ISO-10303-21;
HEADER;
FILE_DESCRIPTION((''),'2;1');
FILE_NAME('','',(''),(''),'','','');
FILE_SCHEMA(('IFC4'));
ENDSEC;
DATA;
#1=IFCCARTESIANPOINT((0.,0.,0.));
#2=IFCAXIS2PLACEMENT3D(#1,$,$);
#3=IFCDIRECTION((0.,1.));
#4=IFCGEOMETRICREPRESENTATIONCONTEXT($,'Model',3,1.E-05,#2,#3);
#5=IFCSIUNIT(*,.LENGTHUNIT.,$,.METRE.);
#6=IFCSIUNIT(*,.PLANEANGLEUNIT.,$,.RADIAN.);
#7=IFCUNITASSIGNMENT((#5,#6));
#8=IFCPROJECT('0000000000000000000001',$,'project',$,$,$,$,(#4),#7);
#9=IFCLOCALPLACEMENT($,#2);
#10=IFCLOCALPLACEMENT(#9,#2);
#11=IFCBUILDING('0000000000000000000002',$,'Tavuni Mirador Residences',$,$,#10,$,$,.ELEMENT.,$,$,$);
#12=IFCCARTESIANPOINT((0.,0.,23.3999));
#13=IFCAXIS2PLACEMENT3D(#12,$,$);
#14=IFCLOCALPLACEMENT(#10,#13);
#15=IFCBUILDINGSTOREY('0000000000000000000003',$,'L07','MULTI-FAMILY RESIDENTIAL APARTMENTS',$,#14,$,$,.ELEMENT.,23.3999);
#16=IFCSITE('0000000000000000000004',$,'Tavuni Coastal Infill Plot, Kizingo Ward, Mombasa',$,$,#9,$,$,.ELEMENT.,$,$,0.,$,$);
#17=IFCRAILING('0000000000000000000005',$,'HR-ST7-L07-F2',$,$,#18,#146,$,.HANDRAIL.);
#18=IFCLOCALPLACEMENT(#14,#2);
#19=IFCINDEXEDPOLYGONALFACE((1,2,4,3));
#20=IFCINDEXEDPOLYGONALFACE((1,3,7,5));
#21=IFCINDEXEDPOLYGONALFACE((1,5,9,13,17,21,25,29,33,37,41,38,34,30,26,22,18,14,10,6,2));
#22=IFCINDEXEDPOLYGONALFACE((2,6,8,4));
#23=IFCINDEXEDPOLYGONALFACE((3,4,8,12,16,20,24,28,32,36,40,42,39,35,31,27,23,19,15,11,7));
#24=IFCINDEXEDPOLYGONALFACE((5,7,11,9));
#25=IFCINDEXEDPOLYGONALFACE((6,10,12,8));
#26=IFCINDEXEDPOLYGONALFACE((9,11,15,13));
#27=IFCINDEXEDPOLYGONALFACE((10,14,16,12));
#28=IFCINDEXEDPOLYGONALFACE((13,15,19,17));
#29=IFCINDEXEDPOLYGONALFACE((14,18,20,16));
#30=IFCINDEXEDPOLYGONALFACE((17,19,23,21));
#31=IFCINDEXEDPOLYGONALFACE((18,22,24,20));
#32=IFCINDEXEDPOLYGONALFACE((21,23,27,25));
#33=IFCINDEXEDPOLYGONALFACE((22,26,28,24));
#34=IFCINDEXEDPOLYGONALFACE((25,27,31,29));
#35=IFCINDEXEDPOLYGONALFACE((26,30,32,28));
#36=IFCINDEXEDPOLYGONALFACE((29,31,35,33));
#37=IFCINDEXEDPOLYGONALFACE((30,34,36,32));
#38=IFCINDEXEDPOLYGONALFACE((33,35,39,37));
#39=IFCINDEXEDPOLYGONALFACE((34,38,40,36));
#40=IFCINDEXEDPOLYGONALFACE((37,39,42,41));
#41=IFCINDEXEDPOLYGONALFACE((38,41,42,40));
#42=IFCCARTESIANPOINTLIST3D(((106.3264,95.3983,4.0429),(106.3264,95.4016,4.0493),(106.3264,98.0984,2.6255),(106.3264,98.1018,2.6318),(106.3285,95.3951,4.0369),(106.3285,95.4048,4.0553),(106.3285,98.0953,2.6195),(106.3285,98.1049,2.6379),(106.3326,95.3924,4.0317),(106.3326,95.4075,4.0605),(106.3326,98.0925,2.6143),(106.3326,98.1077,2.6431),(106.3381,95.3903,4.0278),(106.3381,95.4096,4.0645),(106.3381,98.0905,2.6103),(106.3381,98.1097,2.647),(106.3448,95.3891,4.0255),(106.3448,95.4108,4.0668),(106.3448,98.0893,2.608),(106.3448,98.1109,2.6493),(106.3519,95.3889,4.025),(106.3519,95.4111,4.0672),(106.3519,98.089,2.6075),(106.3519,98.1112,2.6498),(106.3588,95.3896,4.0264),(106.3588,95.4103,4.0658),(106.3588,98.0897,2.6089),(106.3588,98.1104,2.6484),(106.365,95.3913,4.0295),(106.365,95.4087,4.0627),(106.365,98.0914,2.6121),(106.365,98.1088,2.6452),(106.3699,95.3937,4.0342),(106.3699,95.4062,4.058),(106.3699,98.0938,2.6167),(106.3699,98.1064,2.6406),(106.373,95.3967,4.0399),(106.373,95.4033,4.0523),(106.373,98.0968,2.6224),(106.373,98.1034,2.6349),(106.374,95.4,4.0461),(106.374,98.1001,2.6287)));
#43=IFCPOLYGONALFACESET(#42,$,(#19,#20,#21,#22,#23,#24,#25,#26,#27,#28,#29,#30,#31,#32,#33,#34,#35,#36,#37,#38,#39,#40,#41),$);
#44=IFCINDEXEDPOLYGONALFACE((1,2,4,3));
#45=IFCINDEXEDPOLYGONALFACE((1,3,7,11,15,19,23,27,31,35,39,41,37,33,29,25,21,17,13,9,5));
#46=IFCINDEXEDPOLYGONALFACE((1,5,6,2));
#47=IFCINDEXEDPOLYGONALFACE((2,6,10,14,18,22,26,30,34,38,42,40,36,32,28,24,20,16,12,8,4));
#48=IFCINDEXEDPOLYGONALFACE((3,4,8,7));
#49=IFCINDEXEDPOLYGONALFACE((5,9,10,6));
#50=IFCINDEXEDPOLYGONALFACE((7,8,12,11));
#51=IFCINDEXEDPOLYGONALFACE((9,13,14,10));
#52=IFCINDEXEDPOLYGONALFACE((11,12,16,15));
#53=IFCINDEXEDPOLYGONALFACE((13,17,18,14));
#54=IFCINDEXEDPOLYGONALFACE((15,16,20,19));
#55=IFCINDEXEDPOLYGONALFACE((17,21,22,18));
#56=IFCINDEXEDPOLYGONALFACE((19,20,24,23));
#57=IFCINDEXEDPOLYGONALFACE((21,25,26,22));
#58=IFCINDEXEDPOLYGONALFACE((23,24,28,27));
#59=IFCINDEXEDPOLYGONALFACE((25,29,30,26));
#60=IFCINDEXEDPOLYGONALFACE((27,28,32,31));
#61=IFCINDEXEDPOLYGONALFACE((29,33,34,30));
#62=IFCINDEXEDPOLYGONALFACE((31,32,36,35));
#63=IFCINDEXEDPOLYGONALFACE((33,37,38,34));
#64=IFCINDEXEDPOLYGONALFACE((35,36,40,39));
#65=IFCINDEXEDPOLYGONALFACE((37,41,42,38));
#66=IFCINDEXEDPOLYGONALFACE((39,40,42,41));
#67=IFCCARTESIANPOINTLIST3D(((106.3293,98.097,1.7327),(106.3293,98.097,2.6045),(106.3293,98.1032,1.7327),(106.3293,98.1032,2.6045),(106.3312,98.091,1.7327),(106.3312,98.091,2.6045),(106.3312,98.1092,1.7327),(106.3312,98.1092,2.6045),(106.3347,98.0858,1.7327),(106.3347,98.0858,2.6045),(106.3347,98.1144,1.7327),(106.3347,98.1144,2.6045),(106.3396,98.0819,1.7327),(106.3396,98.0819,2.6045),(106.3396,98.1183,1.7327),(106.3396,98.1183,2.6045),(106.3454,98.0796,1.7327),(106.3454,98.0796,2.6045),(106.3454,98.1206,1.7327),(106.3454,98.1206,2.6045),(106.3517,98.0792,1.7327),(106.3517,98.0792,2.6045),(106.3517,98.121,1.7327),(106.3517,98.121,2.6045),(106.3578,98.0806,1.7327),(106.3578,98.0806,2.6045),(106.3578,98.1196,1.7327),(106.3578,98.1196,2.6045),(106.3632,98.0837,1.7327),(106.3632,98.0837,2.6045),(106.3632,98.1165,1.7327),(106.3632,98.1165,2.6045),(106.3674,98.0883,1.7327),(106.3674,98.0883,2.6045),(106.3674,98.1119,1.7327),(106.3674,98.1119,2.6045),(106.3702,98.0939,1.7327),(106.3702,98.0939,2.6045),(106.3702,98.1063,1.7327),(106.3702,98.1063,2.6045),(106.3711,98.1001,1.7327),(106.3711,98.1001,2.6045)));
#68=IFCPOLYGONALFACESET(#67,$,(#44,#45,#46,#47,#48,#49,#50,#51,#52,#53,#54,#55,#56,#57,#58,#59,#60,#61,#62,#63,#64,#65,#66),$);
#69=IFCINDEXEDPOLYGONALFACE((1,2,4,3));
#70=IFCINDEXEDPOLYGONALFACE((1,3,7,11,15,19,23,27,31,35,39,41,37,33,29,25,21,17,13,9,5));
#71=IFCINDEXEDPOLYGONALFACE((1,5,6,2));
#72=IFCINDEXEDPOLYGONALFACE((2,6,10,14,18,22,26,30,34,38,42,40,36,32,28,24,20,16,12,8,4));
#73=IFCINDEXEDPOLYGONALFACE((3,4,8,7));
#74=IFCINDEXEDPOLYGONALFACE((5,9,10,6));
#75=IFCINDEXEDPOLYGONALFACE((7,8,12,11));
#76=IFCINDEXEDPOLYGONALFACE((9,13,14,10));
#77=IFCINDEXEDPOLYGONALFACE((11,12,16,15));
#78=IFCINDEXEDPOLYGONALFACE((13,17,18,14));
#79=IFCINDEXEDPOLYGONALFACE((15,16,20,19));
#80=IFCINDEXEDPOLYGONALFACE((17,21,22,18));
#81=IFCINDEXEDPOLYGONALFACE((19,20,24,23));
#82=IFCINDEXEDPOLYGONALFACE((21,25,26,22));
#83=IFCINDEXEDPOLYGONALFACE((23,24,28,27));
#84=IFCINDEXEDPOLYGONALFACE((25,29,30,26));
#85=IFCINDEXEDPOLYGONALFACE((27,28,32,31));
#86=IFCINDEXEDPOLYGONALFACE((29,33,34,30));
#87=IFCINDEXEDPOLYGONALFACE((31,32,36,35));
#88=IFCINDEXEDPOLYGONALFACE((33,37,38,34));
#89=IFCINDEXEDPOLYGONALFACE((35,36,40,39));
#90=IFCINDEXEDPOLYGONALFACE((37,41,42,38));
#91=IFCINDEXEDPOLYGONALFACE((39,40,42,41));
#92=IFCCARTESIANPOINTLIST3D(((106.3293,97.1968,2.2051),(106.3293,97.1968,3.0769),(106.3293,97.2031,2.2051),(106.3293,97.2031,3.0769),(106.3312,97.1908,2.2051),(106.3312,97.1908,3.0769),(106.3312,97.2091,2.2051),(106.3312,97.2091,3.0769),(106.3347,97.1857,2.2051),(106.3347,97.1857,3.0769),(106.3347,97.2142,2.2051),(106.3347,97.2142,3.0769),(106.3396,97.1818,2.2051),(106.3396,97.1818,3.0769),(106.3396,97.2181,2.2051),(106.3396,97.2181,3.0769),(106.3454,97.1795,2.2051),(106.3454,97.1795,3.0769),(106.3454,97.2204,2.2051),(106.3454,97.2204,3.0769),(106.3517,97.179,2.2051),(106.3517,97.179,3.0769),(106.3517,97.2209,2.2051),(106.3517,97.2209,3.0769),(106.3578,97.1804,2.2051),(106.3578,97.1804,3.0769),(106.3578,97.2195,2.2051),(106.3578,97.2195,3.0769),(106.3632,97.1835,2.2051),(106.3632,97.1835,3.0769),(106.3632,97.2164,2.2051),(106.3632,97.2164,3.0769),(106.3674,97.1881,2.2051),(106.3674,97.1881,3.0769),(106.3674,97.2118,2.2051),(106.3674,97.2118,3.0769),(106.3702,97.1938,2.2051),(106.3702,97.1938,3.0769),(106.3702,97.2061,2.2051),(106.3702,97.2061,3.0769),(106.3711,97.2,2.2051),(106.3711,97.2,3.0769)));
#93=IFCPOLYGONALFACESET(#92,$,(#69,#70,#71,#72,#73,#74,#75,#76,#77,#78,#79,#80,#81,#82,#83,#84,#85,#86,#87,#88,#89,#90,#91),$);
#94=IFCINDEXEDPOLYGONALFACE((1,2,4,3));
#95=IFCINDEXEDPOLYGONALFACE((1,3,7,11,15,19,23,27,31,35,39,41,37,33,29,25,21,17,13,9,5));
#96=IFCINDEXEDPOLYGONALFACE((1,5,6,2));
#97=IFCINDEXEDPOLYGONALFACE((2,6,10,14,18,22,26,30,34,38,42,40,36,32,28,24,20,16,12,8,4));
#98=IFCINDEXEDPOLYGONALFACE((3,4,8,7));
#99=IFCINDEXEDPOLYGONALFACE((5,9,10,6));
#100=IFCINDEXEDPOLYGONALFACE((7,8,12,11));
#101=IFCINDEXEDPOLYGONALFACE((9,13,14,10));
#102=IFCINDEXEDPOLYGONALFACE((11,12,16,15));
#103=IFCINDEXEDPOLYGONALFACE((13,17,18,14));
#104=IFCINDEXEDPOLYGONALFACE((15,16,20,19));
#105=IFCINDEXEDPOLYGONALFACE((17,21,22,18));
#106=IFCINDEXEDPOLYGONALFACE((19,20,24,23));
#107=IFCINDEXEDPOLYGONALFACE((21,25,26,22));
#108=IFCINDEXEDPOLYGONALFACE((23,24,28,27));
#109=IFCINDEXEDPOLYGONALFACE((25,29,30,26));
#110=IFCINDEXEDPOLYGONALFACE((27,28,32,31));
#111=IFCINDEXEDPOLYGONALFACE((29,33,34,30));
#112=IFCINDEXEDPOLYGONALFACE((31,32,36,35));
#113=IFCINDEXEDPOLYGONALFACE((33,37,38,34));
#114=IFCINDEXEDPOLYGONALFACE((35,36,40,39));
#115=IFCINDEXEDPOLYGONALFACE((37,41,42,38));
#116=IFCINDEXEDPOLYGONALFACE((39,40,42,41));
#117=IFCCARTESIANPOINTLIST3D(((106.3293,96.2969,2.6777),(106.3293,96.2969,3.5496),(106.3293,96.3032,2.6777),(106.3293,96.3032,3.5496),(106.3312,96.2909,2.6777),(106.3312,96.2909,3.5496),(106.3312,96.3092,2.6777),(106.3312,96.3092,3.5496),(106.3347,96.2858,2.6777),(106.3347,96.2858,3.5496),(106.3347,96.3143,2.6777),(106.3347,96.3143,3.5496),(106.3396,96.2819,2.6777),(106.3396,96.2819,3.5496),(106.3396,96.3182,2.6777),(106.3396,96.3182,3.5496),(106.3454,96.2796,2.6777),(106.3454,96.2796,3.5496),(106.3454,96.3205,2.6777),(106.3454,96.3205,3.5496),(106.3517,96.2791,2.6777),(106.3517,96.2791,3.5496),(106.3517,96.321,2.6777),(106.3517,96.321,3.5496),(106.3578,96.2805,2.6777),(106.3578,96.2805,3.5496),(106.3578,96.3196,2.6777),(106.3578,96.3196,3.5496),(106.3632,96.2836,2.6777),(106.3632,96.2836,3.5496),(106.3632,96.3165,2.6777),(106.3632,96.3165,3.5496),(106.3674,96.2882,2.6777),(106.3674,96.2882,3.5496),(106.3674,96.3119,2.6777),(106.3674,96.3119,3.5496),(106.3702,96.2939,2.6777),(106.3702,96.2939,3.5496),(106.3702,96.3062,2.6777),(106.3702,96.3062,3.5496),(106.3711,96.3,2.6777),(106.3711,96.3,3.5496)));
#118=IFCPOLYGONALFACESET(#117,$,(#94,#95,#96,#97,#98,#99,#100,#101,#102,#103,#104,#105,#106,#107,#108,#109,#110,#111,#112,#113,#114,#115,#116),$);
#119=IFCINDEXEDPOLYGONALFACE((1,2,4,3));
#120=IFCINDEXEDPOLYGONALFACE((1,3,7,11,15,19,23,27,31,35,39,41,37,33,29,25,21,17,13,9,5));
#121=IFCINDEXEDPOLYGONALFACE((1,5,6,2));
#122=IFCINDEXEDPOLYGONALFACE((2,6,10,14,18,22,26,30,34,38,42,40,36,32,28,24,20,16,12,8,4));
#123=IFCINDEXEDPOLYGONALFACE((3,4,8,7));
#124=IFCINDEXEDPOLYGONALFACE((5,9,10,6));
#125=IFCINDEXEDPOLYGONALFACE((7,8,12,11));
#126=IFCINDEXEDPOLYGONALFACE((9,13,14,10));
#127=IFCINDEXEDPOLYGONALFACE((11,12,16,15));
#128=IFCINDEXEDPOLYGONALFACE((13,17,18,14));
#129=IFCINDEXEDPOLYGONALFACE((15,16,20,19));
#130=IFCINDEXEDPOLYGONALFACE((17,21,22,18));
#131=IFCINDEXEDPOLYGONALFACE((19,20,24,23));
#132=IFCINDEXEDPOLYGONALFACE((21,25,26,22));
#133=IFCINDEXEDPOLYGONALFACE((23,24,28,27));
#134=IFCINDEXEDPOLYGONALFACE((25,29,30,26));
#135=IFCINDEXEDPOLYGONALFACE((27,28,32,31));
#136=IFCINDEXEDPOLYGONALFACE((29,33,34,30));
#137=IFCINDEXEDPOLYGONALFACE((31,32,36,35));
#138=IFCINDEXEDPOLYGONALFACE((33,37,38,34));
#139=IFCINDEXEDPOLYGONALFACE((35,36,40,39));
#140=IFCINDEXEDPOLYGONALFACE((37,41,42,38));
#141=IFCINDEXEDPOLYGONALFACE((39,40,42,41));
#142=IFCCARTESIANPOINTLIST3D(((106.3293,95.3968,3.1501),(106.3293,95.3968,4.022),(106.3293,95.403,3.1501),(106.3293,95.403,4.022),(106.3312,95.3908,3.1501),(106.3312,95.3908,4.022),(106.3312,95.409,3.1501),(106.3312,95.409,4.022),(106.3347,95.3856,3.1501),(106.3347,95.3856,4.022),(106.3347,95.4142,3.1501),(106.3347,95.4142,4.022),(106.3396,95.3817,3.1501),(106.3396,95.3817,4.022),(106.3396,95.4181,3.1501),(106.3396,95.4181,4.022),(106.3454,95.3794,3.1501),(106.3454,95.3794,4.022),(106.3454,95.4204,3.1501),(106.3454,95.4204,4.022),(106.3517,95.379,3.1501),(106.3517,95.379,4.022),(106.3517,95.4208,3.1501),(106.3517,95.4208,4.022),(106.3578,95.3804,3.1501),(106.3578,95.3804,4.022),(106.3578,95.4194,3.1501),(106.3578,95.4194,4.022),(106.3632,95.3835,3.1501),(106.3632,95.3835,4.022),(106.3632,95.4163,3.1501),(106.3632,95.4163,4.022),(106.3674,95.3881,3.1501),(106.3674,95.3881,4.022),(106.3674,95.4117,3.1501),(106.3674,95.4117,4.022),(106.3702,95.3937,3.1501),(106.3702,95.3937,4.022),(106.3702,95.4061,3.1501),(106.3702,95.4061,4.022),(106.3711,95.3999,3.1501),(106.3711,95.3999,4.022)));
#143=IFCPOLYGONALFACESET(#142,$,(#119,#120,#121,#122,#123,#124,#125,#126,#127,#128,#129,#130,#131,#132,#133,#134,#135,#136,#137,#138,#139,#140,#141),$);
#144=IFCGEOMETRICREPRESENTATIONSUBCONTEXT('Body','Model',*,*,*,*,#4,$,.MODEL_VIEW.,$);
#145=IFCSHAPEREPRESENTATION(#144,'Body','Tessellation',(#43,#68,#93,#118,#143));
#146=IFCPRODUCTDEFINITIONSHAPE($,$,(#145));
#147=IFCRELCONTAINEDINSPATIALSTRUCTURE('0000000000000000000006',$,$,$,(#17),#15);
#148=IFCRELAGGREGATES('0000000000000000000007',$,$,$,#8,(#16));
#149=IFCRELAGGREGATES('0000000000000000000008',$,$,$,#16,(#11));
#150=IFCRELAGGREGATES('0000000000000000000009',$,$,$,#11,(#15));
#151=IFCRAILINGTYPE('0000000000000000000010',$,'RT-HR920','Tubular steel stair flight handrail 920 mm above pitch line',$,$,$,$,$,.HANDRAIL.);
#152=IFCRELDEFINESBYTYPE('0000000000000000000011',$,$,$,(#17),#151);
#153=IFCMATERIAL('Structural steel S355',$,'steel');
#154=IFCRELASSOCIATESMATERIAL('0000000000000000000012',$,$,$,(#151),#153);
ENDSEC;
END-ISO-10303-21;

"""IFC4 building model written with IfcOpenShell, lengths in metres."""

from ifc_helpers import new_model, si_unit, direction, frame, origin, origin_2d, place, context, subcontext, project, spatial, circle, extrude, material, type_object, element, save


model = new_model("IFC4")

# Units and contexts
model_context = context("Model", 3, precision=1e-05, world=origin(), true_north=direction((0.0, 1.0)))
body_context = subcontext(model_context, "Body", "Model", "MODEL_VIEW")
ifc_project = project(units=[si_unit("LENGTHUNIT", "METRE"), si_unit("PLANEANGLEUNIT", "RADIAN")], contexts=[model_context])

# Site, building, storey
site_placement = place(None, origin())
site = spatial("IfcSite", under=ifc_project, at=site_placement, Name="Tavuni Coastal Infill Plot, Kizingo Ward, Mombasa", CompositionType="ELEMENT", RefElevation=0.0)
building_placement = place(site_placement, origin())
building = spatial("IfcBuilding", under=site, at=building_placement, Name="Tavuni Mirador Residences", CompositionType="ELEMENT")
storey_placement = place(building_placement, frame((0.0, 0.0, 23.3999)))
storey = spatial("IfcBuildingStorey", under=building, at=storey_placement, Name="L07", Description="MULTI-FAMILY RESIDENTIAL APARTMENTS", CompositionType="ELEMENT", Elevation=23.3999)

# Shared definitions
ifc_material_1 = material(Name="Structural steel S355", Category="steel")

# Railing
railing_type = type_object("IfcRailingType", Name="RT-HR920", Description="Tubular steel stair flight handrail 920 mm above pitch line", PredefinedType="HANDRAIL", material=ifc_material_1)
railing_1_placement = place(storey_placement, frame((106.3501, 98.1001, 1.7327)))
element("IfcRailing", 1, at=railing_1_placement, inside=storey, type_object=railing_type, Name="HR-ST7-L07-F2", PredefinedType="HANDRAIL", context=body_context, shape_type="SweptSolid", body=[
    extrude(circle(Radius=0.0239, at=origin_2d()), frame((0.0, 0.0, 0.896), z_axis=(0.0, -0.885414, 0.464803), x_axis=(1.0, 0.0, 0.0)), (0.0, 0.0, 1.0), 3.0496),
    extrude(circle(Radius=0.021, at=origin_2d()), origin(), (0.0, 0.0, 1.0), 0.8718),
    extrude(circle(Radius=0.021, at=origin_2d()), frame((0.0, -0.9001, 0.4724)), (0.0, 0.0, 1.0), 0.8718),
    extrude(circle(Radius=0.021, at=origin_2d()), frame((0.0, -1.8, 0.9451)), (0.0, 0.0, 1.0), 0.8718),
    extrude(circle(Radius=0.021, at=origin_2d()), frame((0.0, -2.7002, 1.4175)), (0.0, 0.0, 1.0), 0.8718),
])

save(model, "model.ifc")
